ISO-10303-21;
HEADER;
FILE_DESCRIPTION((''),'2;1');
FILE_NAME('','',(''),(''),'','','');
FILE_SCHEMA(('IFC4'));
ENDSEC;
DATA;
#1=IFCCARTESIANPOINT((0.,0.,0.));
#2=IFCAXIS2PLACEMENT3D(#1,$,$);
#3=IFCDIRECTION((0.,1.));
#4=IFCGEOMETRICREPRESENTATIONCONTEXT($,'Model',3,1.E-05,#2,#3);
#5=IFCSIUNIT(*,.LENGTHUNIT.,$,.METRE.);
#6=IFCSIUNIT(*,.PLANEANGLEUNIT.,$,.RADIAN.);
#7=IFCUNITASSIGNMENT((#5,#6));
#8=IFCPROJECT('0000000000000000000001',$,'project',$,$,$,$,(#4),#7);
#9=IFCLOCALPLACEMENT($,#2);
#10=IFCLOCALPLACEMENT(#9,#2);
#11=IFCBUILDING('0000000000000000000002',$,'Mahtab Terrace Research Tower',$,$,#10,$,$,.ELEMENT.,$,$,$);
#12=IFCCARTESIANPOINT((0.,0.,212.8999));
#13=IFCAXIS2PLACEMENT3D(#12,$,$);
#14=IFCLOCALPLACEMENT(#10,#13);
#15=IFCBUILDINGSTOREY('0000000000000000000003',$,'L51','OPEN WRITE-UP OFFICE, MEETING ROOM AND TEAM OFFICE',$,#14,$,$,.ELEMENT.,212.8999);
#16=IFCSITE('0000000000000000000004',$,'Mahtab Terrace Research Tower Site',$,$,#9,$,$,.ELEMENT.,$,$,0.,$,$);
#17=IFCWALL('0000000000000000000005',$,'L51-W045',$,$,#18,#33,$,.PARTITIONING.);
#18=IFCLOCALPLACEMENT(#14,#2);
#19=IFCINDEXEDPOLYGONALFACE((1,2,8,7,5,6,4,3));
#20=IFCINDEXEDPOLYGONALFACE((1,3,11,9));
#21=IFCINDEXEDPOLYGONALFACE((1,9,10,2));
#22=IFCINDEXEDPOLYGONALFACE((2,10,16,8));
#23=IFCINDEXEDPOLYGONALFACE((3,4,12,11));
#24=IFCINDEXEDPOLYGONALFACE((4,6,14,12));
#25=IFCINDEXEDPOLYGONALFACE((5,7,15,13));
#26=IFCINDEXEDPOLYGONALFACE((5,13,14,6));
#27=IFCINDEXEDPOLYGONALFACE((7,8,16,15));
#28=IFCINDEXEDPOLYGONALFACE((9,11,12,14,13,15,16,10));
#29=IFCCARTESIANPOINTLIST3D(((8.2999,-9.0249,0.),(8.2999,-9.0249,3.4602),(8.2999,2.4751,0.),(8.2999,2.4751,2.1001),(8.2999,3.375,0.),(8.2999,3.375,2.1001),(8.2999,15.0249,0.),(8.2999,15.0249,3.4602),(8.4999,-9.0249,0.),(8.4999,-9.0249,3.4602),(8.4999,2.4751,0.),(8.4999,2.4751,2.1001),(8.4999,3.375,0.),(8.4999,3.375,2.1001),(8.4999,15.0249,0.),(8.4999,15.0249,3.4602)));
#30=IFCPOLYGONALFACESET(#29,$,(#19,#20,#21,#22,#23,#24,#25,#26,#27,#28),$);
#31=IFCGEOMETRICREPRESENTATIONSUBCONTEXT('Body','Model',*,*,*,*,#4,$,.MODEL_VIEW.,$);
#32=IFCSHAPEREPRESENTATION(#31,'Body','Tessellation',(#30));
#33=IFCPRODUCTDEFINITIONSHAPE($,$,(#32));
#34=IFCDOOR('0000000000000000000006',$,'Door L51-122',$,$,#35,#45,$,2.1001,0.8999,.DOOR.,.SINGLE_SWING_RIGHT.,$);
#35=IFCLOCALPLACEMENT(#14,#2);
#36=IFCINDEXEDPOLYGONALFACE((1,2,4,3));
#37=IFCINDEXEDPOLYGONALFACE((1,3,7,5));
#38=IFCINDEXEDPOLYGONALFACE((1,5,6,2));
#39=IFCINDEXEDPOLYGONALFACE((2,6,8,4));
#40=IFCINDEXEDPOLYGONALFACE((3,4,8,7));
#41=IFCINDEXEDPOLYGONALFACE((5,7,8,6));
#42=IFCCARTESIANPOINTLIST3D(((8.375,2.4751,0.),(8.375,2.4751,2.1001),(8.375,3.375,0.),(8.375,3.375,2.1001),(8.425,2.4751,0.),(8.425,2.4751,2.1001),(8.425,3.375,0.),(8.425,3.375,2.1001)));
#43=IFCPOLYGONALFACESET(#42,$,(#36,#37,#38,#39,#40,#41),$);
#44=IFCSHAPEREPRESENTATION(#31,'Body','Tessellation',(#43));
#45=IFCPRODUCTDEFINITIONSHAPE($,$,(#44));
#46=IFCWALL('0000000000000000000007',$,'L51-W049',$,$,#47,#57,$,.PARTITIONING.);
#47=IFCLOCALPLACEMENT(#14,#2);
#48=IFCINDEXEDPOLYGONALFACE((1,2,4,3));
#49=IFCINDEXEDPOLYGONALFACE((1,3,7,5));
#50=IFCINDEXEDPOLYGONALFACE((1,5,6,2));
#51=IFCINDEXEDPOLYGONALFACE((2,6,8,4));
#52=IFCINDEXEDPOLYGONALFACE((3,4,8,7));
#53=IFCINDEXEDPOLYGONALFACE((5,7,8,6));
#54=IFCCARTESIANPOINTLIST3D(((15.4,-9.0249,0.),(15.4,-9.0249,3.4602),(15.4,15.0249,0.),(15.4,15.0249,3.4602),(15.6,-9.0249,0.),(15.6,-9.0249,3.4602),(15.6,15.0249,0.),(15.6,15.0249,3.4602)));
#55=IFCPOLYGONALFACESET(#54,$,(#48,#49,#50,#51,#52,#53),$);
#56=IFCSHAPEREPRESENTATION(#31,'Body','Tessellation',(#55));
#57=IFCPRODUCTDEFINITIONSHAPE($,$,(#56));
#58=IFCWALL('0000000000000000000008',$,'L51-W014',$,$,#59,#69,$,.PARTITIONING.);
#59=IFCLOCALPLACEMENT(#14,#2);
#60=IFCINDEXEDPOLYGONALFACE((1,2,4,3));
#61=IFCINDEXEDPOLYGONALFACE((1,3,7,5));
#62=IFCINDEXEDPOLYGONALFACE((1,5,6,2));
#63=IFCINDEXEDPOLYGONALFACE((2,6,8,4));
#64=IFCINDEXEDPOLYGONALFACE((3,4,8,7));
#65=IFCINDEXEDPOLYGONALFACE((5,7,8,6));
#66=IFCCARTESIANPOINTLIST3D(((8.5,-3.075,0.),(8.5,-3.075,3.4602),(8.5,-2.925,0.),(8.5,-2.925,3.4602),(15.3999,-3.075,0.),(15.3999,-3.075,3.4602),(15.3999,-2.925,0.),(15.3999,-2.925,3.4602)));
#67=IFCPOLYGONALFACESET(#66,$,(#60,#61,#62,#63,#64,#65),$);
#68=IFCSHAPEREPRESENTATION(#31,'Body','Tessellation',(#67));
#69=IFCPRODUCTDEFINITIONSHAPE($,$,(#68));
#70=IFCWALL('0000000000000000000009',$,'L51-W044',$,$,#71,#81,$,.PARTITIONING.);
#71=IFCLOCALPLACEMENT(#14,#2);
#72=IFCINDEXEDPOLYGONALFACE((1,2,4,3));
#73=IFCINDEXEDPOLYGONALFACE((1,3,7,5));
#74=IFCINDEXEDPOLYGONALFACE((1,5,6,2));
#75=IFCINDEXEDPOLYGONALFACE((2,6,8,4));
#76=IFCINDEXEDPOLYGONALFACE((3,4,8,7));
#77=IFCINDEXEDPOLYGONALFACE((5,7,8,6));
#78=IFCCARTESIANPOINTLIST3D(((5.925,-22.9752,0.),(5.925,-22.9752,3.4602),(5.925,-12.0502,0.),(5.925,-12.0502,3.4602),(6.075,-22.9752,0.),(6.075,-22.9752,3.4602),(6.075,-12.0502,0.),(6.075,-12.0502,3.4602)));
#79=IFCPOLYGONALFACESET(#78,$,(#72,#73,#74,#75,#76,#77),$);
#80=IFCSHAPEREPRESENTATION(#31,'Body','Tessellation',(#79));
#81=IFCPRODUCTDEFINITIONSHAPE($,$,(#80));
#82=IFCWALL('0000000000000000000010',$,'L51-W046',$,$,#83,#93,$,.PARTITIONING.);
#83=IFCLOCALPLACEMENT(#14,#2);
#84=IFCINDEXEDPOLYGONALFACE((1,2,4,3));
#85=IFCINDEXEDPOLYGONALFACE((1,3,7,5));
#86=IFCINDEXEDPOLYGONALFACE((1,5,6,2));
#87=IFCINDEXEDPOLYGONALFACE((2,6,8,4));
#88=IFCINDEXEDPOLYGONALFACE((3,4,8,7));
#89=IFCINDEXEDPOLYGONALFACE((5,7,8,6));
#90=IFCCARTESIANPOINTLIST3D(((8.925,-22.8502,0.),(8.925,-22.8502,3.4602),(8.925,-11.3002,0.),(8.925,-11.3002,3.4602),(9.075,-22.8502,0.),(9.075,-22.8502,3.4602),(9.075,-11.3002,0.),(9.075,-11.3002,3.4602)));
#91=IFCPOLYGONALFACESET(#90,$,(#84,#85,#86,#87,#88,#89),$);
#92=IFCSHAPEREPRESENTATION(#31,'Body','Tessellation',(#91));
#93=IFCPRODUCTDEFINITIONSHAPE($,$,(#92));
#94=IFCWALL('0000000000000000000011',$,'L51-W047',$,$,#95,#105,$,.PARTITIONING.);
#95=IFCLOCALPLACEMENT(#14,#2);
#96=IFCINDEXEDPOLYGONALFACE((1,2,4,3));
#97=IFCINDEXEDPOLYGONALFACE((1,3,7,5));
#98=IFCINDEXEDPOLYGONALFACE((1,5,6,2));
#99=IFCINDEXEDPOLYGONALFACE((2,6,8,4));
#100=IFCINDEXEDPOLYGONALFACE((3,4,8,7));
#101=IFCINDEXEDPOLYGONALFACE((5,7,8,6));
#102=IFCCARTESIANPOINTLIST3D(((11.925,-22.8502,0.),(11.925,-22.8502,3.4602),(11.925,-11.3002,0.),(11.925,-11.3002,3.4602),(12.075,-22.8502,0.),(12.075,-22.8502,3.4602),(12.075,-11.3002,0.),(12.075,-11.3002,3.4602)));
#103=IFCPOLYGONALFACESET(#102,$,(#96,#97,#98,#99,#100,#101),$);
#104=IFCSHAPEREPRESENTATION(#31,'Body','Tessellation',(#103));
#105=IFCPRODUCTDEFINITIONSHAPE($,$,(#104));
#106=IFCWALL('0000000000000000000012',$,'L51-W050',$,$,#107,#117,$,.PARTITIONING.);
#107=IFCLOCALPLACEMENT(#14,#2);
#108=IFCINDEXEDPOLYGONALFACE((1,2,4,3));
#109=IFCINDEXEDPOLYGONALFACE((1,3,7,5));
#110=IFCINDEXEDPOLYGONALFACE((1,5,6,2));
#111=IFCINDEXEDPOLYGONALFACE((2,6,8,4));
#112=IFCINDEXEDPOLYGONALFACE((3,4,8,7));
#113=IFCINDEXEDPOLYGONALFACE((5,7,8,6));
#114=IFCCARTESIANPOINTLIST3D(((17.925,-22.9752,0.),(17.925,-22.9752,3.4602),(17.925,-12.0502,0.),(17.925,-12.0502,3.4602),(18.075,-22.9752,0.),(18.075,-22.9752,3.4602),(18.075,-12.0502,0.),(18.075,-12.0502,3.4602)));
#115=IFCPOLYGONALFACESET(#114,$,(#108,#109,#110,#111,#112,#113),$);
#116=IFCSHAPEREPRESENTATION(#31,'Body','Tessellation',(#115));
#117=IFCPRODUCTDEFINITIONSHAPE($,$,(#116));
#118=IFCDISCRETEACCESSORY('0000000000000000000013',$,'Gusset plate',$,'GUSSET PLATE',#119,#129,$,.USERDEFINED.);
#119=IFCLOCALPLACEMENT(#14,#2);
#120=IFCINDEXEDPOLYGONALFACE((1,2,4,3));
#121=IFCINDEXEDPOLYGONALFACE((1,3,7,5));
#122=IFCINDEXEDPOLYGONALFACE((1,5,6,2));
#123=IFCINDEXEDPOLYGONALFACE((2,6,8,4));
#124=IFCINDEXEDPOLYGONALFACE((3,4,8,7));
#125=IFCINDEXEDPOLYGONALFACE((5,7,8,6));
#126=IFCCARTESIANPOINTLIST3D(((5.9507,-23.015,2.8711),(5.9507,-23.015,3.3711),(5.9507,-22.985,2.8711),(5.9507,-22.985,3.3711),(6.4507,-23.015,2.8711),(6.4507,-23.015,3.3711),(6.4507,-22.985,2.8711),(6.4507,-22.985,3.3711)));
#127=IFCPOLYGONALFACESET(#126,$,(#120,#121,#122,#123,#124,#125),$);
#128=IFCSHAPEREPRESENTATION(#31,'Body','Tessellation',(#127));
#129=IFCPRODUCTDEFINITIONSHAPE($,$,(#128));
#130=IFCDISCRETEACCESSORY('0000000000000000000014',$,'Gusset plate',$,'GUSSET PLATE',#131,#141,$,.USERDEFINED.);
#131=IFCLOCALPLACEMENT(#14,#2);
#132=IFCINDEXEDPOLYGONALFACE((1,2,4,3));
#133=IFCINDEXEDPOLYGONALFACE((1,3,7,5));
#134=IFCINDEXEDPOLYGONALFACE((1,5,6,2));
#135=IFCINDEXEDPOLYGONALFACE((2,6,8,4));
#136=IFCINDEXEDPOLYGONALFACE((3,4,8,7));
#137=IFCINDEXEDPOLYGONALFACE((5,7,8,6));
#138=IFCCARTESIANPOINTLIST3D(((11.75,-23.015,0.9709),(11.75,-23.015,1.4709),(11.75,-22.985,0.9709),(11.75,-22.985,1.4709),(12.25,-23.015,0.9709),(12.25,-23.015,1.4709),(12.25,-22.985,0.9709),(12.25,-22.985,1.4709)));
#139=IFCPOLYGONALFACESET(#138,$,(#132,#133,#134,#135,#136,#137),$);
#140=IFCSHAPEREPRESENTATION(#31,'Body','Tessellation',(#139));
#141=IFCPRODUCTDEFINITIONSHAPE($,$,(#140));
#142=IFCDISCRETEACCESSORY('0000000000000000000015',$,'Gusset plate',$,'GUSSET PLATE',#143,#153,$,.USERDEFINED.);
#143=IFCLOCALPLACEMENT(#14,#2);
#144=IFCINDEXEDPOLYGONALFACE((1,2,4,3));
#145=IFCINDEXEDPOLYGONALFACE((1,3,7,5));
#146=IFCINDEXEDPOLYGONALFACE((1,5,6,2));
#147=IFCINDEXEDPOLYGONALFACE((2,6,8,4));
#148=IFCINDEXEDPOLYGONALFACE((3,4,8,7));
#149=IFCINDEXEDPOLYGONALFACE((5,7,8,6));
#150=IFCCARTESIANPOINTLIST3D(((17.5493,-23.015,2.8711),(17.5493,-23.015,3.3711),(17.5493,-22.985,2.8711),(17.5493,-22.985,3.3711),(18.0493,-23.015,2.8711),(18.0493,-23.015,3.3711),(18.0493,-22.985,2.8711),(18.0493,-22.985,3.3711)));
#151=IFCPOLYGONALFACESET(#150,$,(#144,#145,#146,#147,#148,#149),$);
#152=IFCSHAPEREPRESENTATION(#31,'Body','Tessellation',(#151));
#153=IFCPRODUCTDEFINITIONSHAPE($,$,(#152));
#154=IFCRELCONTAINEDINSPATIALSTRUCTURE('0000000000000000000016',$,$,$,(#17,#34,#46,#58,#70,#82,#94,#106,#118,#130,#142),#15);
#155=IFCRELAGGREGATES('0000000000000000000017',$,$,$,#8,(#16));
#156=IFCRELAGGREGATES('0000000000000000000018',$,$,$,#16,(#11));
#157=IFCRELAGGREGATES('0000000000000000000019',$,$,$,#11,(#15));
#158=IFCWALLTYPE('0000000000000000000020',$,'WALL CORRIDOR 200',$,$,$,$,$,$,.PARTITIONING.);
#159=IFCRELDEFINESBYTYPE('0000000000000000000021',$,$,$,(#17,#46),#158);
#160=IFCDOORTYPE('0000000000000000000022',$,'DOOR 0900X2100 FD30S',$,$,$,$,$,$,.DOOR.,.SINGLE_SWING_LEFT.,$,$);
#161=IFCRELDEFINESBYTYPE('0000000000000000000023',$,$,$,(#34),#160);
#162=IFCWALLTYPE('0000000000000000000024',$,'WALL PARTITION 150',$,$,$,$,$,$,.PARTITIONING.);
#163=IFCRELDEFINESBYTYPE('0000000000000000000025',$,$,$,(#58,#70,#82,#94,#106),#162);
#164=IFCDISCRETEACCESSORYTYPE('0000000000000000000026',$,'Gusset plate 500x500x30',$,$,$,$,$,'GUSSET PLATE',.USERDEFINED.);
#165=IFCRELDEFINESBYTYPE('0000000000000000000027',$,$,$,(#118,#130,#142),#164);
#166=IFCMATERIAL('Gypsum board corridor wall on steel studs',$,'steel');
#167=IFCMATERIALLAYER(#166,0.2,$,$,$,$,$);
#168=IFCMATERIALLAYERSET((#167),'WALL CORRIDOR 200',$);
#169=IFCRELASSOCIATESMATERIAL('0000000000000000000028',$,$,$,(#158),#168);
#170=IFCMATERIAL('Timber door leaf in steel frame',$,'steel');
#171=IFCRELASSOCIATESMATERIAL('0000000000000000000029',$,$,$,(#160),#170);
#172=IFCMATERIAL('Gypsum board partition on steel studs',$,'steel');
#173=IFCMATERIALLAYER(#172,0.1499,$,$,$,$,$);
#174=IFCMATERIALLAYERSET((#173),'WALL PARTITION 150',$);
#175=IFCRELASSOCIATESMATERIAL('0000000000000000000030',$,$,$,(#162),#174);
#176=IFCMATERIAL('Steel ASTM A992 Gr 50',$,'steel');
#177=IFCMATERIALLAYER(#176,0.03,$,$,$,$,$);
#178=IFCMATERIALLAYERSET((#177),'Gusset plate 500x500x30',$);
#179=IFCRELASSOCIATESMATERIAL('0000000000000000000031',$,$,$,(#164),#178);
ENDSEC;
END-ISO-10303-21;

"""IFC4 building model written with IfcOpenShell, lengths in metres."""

from ifc_helpers import new_model, si_unit, direction, frame, frame_2d, origin, origin_2d, place, context, subcontext, project, spatial, rectangle, extrude, material, layer, layer_set, type_object, element, fill, save


model = new_model("IFC4")

# Units and contexts
model_context = context("Model", 3, precision=1e-05, world=origin(), true_north=direction((0.0, 1.0)))
body_context = subcontext(model_context, "Body", "Model", "MODEL_VIEW")
ifc_project = project(units=[si_unit("LENGTHUNIT", "METRE"), si_unit("PLANEANGLEUNIT", "RADIAN")], contexts=[model_context])

# Site, building, storey
site_placement = place(None, origin())
site = spatial("IfcSite", under=ifc_project, at=site_placement, Name="Mahtab Terrace Research Tower Site", CompositionType="ELEMENT", RefElevation=0.0)
building_placement = place(site_placement, origin())
building = spatial("IfcBuilding", under=site, at=building_placement, Name="Mahtab Terrace Research Tower", CompositionType="ELEMENT")
storey_placement = place(building_placement, frame((0.0, 0.0, 212.8999)))
storey = spatial("IfcBuildingStorey", under=building, at=storey_placement, Name="L51", Description="OPEN WRITE-UP OFFICE, MEETING ROOM AND TEAM OFFICE", CompositionType="ELEMENT", Elevation=212.8999)

# Shared definitions
ifc_material_1 = material(Name="Steel ASTM A992 Gr 50", Category="steel")

# Shared definitions
ifc_material_2 = material(Name="Gypsum board corridor wall on steel studs", Category="steel")
ifc_layer_1 = layer(ifc_material_2, 0.2)
ifc_layer_set_1 = layer_set([ifc_layer_1], Name="WALL CORRIDOR 200")
wall_type_1 = type_object("IfcWallType", Name="WALL CORRIDOR 200", PredefinedType="PARTITIONING", material=ifc_layer_set_1)
ifc_material_3 = material(Name="Timber door leaf in steel frame", Category="steel")
door_type_1 = type_object("IfcDoorType", Name="DOOR 0900X2100 FD30S", OperationType="SINGLE_SWING_LEFT", PredefinedType="DOOR", material=ifc_material_3)

# Wall, opening, door
wall_1_placement = place(storey_placement, frame((8.3999, -9.0249, 0.0), z_axis=(0.0, 0.0, 1.0), x_axis=(0.0, 1.0, 0.0)))
wall_1 = element("IfcWall", 1, at=wall_1_placement, inside=storey, type_object=wall_type_1, Name="L51-W045", PredefinedType="PARTITIONING", context=body_context, shape_type="SweptSolid", body=[
    extrude(rectangle(XDim=24.0498, YDim=0.2, at=frame_2d((12.0249, 0.0))), origin(), (0.0, 0.0, 1.0), 3.4602),
])
opening_1_placement = place(wall_1_placement, frame((11.5, 0.0, 0.0)))
opening_1 = element("IfcOpeningElement", 2, at=opening_1_placement, cuts=wall_1, PredefinedType="OPENING", context=body_context, shape_type="SweptSolid", body=[
    extrude(rectangle(XDim=0.8999, YDim=2.1001, at=frame_2d((0.45, 1.05))), frame((0.0, 0.1099, 0.0), z_axis=(0.0, -1.0, 0.0), x_axis=(1.0, 0.0, 0.0)), (0.0, 0.0, 1.0), 0.22),
])
door_1_placement = place(opening_1_placement, origin())
door_1 = element("IfcDoor", 3, at=door_1_placement, inside=storey, type_object=door_type_1, Name="Door L51-122", OperationType="SINGLE_SWING_RIGHT", OverallHeight=2.1001, OverallWidth=0.8999, PredefinedType="DOOR", context=body_context, shape_type="SweptSolid", body=[
    extrude(rectangle(XDim=0.8999, YDim=2.1001, at=frame_2d((0.45, 1.05))), frame((0.0, 0.0249, 0.0), z_axis=(0.0, -1.0, 0.0), x_axis=(1.0, 0.0, 0.0)), (0.0, 0.0, 1.0), 0.05),
])
fill(opening_1, door_1)

# Walls
wall_2_placement = place(storey_placement, frame((15.5, -9.0249, 0.0), z_axis=(0.0, 0.0, 1.0), x_axis=(0.0, 1.0, 0.0)))
element("IfcWall", 4, at=wall_2_placement, inside=storey, type_object=wall_type_1, Name="L51-W049", PredefinedType="PARTITIONING", context=body_context, shape_type="SweptSolid", body=[
    extrude(rectangle(XDim=24.0498, YDim=0.2, at=frame_2d((12.0249, 0.0))), origin(), (0.0, 0.0, 1.0), 3.4602),
])
ifc_material_4 = material(Name="Gypsum board partition on steel studs", Category="steel")
ifc_layer_2 = layer(ifc_material_4, 0.1499)
ifc_layer_set_2 = layer_set([ifc_layer_2], Name="WALL PARTITION 150")
wall_type_2 = type_object("IfcWallType", Name="WALL PARTITION 150", PredefinedType="PARTITIONING", material=ifc_layer_set_2)
wall_3_placement = place(storey_placement, frame((8.5, -3.0, 0.0), z_axis=(0.0, 0.0, 1.0), x_axis=(1.0, 0.0, 0.0)))
element("IfcWall", 5, at=wall_3_placement, inside=storey, type_object=wall_type_2, Name="L51-W014", PredefinedType="PARTITIONING", context=body_context, shape_type="SweptSolid", body=[
    extrude(rectangle(XDim=6.8999, YDim=0.1499, at=frame_2d((3.45, 0.0))), origin(), (0.0, 0.0, 1.0), 3.4602),
])
wall_4_placement = place(storey_placement, frame((6.0, -22.9751, 0.0), z_axis=(0.0, 0.0, 1.0), x_axis=(0.0, 1.0, 0.0)))
element("IfcWall", 6, at=wall_4_placement, inside=storey, type_object=wall_type_2, Name="L51-W044", PredefinedType="PARTITIONING", context=body_context, shape_type="SweptSolid", body=[
    extrude(rectangle(XDim=10.925, YDim=0.1499, at=frame_2d((5.4624, 0.0))), origin(), (0.0, 0.0, 1.0), 3.4602),
])
for number, where, z_axis, x_axis, name in (
    (7, (9.0, -22.8501, 0.0), (0.0, 0.0, 1.0), (0.0, 1.0, 0.0), "L51-W046"),
    (8, (12.0, -22.8501, 0.0), (0.0, 0.0, 1.0), (0.0, 1.0, 0.0), "L51-W047"),
):
    element("IfcWall", number, at=place(storey_placement, frame(where, z_axis=z_axis, x_axis=x_axis)), inside=storey, type_object=wall_type_2, Name=name, PredefinedType="PARTITIONING", context=body_context, shape_type="SweptSolid", body=[
        extrude(rectangle(XDim=11.55, YDim=0.1499, at=frame_2d((5.7749, 0.0))), origin(), (0.0, 0.0, 1.0), 3.4602),
    ])
wall_5_placement = place(storey_placement, frame((18.0, -22.9751, 0.0), z_axis=(0.0, 0.0, 1.0), x_axis=(0.0, 1.0, 0.0)))
element("IfcWall", 9, at=wall_5_placement, inside=storey, type_object=wall_type_2, Name="L51-W050", PredefinedType="PARTITIONING", context=body_context, shape_type="SweptSolid", body=[
    extrude(rectangle(XDim=10.925, YDim=0.1499, at=frame_2d((5.4624, 0.0))), origin(), (0.0, 0.0, 1.0), 3.4602),
])

# Discrete accessories
ifc_layer_3 = layer(ifc_material_1, 0.03)
ifc_layer_set_3 = layer_set([ifc_layer_3], Name="Gusset plate 500x500x30")
discrete_accessory_type = type_object("IfcDiscreteAccessoryType", Name="Gusset plate 500x500x30", ElementType="GUSSET PLATE", PredefinedType="USERDEFINED", material=ifc_layer_set_3)
for number, where, z_axis, x_axis, name in (
    (10, (6.2007, -23.0, 2.8711), (0.0, 0.0, 1.0), (1.0, 0.0, 0.0), "Gusset plate"),
    (11, (12.0, -23.0, 0.9709), (0.0, 0.0, 1.0), (1.0, 0.0, 0.0), "Gusset plate"),
    (12, (17.7993, -23.0, 2.8711), (0.0, 0.0, 1.0), (1.0, 0.0, 0.0), "Gusset plate"),
):
    element("IfcDiscreteAccessory", number, at=place(storey_placement, frame(where, z_axis=z_axis, x_axis=x_axis)), inside=storey, type_object=discrete_accessory_type, Name=name, ObjectType="GUSSET PLATE", PredefinedType="USERDEFINED", context=body_context, shape_type="SweptSolid", body=[
        extrude(rectangle(XDim=0.5, YDim=0.03, at=origin_2d()), origin(), (0.0, 0.0, 1.0), 0.5),
    ])

save(model, "model.ifc")
